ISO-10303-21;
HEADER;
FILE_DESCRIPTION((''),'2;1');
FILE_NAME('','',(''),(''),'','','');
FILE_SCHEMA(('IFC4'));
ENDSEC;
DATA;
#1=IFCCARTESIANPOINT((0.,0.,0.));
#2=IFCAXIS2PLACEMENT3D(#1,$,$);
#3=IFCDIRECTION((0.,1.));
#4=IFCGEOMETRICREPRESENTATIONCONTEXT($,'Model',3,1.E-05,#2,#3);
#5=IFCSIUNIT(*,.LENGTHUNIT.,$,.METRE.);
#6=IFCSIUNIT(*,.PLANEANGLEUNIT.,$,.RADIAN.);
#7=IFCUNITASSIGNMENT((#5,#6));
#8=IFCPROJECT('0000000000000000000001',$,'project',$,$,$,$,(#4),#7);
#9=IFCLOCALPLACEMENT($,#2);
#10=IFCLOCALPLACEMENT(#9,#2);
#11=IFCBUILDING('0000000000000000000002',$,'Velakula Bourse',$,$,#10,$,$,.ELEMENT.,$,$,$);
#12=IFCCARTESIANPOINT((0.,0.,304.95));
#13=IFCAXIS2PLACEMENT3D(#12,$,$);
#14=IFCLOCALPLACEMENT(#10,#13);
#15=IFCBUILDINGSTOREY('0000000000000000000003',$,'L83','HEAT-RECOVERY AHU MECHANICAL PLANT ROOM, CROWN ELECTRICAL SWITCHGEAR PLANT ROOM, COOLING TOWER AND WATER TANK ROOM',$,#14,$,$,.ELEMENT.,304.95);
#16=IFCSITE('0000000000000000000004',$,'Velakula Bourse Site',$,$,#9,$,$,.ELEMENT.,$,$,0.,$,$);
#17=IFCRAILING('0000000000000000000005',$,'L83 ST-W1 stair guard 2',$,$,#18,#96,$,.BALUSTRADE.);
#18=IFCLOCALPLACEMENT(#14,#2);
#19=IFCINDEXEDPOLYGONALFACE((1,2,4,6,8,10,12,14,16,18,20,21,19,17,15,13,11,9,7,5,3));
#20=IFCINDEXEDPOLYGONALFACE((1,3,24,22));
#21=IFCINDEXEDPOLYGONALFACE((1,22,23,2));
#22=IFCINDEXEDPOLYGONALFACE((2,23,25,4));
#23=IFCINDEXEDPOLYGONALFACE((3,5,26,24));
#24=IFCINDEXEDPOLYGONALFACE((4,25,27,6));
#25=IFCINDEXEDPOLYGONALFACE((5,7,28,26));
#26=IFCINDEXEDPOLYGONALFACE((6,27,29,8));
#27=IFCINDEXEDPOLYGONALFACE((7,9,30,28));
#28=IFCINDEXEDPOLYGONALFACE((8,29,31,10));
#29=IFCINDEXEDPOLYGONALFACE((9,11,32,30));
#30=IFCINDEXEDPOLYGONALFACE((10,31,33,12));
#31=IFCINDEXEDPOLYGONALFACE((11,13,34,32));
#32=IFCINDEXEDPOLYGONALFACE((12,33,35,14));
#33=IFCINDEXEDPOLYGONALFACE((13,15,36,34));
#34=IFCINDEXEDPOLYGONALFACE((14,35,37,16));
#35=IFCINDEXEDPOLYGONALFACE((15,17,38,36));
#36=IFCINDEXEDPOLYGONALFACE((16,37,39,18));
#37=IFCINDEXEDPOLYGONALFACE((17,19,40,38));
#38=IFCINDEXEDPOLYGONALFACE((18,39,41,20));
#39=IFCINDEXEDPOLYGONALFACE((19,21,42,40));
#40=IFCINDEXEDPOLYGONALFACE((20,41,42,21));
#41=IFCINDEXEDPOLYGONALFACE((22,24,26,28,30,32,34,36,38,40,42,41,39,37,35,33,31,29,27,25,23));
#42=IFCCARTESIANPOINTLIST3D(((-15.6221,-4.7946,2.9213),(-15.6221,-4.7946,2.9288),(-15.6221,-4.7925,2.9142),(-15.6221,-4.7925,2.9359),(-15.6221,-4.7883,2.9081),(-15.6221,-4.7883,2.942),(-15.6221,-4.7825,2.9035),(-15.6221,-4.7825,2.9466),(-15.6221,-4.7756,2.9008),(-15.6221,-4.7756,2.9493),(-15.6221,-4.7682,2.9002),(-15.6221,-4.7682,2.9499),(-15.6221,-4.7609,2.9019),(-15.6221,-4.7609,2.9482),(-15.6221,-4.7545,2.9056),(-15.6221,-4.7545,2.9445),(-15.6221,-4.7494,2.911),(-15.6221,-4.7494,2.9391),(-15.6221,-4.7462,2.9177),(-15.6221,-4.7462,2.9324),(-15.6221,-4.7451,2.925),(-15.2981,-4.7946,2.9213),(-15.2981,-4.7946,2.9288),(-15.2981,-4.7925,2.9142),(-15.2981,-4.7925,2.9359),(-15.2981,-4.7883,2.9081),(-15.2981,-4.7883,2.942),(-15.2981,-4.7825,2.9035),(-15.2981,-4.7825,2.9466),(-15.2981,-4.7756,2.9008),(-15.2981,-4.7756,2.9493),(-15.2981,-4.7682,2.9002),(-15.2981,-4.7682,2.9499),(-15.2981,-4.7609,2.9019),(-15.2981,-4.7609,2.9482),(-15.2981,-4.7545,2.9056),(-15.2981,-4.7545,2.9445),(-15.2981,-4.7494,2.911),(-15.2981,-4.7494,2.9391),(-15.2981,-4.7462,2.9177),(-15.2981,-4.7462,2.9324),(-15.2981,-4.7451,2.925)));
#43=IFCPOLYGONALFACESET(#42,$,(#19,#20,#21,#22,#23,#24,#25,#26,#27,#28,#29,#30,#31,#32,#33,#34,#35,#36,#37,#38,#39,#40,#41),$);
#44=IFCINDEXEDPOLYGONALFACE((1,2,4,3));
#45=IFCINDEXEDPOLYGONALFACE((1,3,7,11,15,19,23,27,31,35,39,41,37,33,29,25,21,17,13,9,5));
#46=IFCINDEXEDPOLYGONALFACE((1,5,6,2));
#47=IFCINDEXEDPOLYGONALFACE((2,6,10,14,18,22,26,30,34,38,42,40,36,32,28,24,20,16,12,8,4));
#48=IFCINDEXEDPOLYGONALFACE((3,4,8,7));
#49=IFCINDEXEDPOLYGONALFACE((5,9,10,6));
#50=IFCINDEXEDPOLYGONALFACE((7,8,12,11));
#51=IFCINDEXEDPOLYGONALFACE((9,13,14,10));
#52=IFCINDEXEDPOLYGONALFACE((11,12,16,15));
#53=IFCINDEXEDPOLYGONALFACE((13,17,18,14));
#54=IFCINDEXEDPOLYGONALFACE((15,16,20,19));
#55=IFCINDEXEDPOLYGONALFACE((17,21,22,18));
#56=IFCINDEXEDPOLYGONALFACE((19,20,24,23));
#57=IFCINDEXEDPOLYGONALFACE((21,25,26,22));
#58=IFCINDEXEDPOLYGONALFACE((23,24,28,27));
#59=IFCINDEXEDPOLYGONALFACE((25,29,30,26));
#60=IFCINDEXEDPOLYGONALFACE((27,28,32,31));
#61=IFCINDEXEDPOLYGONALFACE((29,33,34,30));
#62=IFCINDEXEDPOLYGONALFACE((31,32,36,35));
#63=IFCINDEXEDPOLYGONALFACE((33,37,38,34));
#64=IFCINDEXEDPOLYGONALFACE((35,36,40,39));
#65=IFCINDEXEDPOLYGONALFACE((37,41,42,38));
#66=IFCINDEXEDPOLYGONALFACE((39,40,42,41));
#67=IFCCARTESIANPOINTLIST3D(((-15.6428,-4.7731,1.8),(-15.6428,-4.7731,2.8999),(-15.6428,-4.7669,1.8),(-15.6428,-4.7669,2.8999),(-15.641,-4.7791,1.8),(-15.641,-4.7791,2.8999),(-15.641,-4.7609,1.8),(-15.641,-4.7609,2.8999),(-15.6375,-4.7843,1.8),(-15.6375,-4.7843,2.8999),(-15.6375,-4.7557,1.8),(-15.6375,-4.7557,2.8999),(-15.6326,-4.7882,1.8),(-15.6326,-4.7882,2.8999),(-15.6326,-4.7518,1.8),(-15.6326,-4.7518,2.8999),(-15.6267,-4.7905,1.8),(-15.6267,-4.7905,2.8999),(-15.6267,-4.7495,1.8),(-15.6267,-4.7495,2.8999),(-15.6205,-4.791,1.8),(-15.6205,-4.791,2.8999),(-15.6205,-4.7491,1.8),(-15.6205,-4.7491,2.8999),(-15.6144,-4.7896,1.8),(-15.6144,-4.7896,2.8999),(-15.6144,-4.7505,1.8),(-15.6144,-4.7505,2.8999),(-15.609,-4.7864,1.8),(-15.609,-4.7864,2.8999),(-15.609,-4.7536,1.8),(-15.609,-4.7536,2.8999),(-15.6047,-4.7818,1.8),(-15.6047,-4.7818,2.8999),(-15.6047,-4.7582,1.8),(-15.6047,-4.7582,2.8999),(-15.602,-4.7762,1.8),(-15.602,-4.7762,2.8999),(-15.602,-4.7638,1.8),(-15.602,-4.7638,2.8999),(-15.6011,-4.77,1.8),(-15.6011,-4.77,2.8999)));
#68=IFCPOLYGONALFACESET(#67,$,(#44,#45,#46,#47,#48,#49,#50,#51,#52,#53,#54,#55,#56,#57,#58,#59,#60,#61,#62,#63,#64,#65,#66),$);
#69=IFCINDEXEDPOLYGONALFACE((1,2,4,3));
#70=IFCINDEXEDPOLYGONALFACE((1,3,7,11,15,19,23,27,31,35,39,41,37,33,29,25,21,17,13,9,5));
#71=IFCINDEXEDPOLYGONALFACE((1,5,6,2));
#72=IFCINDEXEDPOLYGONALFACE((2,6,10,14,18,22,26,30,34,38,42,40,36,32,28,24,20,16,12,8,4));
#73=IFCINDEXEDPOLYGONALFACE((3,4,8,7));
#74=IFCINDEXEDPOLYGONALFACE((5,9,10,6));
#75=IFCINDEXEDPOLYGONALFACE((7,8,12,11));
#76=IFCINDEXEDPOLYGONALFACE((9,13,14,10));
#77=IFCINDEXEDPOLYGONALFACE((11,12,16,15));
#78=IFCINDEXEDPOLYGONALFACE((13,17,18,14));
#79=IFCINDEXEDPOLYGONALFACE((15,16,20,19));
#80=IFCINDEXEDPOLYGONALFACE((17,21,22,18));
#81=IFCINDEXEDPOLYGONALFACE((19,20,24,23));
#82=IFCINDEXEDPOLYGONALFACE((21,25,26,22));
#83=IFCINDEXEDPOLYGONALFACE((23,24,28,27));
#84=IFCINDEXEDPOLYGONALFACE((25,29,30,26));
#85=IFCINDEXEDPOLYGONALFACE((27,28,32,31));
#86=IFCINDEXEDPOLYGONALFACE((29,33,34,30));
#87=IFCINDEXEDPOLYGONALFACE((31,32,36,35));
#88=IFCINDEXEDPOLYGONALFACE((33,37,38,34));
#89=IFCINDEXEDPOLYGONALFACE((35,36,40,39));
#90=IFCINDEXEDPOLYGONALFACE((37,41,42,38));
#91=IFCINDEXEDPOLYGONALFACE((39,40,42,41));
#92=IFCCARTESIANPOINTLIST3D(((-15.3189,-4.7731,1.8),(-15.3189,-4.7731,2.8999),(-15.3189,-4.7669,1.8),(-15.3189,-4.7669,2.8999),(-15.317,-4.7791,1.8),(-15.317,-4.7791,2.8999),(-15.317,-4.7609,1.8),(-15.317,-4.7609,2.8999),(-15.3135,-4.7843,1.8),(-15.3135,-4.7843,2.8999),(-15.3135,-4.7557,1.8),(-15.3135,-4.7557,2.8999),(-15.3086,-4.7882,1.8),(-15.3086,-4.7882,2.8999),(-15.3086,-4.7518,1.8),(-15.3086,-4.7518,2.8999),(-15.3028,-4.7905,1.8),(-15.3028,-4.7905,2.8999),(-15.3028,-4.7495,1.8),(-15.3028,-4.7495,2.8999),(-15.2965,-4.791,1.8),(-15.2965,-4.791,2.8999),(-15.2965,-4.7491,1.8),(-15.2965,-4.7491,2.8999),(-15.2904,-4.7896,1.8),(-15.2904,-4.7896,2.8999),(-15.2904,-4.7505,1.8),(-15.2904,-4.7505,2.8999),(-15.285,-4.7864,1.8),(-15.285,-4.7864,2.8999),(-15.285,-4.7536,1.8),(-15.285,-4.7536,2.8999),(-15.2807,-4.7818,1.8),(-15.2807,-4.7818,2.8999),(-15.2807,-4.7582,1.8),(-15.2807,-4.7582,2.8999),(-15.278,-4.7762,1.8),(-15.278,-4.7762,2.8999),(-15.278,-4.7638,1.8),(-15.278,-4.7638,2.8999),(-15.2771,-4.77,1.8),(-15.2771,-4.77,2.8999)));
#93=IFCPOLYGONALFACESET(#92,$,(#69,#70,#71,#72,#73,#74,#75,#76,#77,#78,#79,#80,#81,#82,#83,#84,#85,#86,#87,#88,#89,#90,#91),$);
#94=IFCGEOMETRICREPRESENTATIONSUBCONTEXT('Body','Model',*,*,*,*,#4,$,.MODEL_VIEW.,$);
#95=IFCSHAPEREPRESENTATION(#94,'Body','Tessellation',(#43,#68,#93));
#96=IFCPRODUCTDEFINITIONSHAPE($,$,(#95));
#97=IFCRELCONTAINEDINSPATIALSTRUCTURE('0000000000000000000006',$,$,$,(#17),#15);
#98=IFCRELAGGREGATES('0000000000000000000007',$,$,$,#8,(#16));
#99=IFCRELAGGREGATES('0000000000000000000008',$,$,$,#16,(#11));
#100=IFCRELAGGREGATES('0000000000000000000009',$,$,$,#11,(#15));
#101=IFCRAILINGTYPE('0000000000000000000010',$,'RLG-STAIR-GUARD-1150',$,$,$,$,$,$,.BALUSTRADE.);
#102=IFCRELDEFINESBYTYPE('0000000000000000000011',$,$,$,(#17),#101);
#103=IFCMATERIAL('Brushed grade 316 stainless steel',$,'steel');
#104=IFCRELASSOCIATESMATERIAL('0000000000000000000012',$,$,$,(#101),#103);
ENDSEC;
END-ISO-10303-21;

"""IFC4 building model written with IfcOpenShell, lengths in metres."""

from ifc_helpers import new_model, si_unit, direction, frame, origin, origin_2d, place, context, subcontext, project, spatial, circle, extrude, material, type_object, element, save


model = new_model("IFC4")

# Units and contexts
model_context = context("Model", 3, precision=1e-05, world=origin(), true_north=direction((0.0, 1.0)))
body_context = subcontext(model_context, "Body", "Model", "MODEL_VIEW")
ifc_project = project(units=[si_unit("LENGTHUNIT", "METRE"), si_unit("PLANEANGLEUNIT", "RADIAN")], contexts=[model_context])

# Site, building, storey
site_placement = place(None, origin())
site = spatial("IfcSite", under=ifc_project, at=site_placement, Name="Velakula Bourse Site", CompositionType="ELEMENT", RefElevation=0.0)
building_placement = place(site_placement, origin())
building = spatial("IfcBuilding", under=site, at=building_placement, Name="Velakula Bourse", CompositionType="ELEMENT")
storey_placement = place(building_placement, frame((0.0, 0.0, 304.95)))
storey = spatial("IfcBuildingStorey", under=building, at=storey_placement, Name="L83", Description="HEAT-RECOVERY AHU MECHANICAL PLANT ROOM, CROWN ELECTRICAL SWITCHGEAR PLANT ROOM, COOLING TOWER AND WATER TANK ROOM", CompositionType="ELEMENT", Elevation=304.95)

# Shared definitions
ifc_material_1 = material(Name="Brushed grade 316 stainless steel", Category="steel")

# Railing
railing_type_1 = type_object("IfcRailingType", Name="RLG-STAIR-GUARD-1150", PredefinedType="BALUSTRADE", material=ifc_material_1)
railing_1_placement = place(storey_placement, frame((-15.6221, -4.77, 1.8)))
element("IfcRailing", 1, at=railing_1_placement, inside=storey, type_object=railing_type_1, Name="L83 ST-W1 stair guard 2", PredefinedType="BALUSTRADE", context=body_context, shape_type="SweptSolid", body=[
    extrude(circle(Radius=0.0249, at=origin_2d()), frame((0.0, 0.0, 1.125), z_axis=(1.0, 0.0, 0.0), x_axis=(0.0, 1.0, 0.0)), (0.0, 0.0, 1.0), 0.324),
    extrude(circle(Radius=0.021, at=origin_2d()), origin(), (0.0, 0.0, 1.0), 1.0999),
    extrude(circle(Radius=0.021, at=origin_2d()), frame((0.324, 0.0, 0.0)), (0.0, 0.0, 1.0), 1.0999),
])

save(model, "model.ifc")
